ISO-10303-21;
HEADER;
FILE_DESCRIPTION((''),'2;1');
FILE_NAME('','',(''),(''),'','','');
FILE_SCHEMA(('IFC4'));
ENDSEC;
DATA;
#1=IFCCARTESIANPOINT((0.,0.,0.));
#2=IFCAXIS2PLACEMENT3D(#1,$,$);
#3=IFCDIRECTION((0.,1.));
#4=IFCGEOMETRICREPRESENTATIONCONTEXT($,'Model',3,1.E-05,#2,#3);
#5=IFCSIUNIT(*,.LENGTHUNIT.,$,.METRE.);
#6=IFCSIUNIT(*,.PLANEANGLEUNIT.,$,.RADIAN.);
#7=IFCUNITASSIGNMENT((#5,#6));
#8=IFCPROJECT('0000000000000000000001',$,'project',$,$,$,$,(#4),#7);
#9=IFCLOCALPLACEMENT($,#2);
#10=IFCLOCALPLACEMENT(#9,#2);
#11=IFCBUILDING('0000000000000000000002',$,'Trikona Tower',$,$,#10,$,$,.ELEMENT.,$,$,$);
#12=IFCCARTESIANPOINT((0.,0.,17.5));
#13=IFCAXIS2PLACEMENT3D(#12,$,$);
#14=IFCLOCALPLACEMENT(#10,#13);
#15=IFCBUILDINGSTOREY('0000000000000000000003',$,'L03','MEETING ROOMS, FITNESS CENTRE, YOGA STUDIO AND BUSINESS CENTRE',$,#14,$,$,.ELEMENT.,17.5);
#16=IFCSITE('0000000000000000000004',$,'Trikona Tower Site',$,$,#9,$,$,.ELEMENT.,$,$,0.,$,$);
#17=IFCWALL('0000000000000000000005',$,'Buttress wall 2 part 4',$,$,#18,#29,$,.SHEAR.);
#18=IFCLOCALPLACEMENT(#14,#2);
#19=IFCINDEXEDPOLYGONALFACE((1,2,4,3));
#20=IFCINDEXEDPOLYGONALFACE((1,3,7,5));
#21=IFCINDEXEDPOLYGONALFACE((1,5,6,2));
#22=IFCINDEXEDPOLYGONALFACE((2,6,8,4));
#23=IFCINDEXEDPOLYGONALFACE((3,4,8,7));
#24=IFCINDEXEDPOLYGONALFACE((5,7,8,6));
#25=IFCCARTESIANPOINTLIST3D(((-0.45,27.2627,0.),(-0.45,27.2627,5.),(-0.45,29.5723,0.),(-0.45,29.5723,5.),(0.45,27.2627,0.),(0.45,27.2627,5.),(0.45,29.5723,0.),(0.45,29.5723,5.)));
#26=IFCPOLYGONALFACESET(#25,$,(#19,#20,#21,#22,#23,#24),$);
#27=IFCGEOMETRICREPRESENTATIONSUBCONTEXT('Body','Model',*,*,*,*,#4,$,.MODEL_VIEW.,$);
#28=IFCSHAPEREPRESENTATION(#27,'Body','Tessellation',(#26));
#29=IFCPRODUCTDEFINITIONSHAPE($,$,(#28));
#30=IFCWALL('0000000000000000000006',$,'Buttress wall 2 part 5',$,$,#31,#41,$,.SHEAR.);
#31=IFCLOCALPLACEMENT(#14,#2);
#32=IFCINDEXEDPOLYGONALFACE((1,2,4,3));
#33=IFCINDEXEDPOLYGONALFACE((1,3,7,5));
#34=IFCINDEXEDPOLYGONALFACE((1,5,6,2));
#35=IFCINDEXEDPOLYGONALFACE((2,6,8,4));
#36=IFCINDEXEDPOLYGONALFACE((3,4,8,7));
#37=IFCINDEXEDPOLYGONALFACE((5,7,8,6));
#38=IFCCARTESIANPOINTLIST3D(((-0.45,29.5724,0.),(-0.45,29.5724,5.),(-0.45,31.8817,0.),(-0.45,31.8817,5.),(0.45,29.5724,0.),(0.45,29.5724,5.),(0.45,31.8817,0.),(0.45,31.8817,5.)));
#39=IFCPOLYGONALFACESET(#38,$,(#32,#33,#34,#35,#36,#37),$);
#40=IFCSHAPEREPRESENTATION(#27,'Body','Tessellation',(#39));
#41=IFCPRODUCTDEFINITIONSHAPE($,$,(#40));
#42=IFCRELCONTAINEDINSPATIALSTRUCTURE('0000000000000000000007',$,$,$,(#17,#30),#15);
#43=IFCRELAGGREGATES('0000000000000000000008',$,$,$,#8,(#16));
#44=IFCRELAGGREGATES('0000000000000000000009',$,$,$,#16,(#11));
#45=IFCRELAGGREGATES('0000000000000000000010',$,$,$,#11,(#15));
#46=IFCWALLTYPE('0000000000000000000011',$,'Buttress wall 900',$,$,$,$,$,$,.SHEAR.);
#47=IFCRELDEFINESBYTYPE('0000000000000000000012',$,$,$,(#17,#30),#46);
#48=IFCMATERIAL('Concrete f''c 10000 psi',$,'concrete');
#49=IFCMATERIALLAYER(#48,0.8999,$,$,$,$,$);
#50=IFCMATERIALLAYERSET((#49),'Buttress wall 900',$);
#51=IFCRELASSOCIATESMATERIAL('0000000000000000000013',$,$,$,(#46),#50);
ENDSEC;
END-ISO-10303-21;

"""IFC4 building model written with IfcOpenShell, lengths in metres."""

from ifc_helpers import new_model, si_unit, direction, frame, frame_2d, origin, place, context, subcontext, project, spatial, rectangle, extrude, material, layer, layer_set, type_object, element, save


model = new_model("IFC4")

# Units and contexts
model_context = context("Model", 3, precision=1e-05, world=origin(), true_north=direction((0.0, 1.0)))
body_context = subcontext(model_context, "Body", "Model", "MODEL_VIEW")
ifc_project = project(units=[si_unit("LENGTHUNIT", "METRE"), si_unit("PLANEANGLEUNIT", "RADIAN")], contexts=[model_context])

# Site, building, storey
site_placement = place(None, origin())
site = spatial("IfcSite", under=ifc_project, at=site_placement, Name="Trikona Tower Site", CompositionType="ELEMENT", RefElevation=0.0)
building_placement = place(site_placement, origin())
building = spatial("IfcBuilding", under=site, at=building_placement, Name="Trikona Tower", CompositionType="ELEMENT")
storey_placement = place(building_placement, frame((0.0, 0.0, 17.5)))
storey = spatial("IfcBuildingStorey", under=building, at=storey_placement, Name="L03", Description="MEETING ROOMS, FITNESS CENTRE, YOGA STUDIO AND BUSINESS CENTRE", CompositionType="ELEMENT", Elevation=17.5)

# Walls
ifc_material_1 = material(Name="Concrete f'c 10000 psi", Category="concrete")
ifc_layer_1 = layer(ifc_material_1, 0.8999)
ifc_layer_set_1 = layer_set([ifc_layer_1], Name="Buttress wall 900")
wall_type_1 = type_object("IfcWallType", Name="Buttress wall 900", PredefinedType="SHEAR", material=ifc_layer_set_1)
wall_1_placement = place(storey_placement, frame((0.0, 27.2627, 0.0), z_axis=(0.0, 0.0, 1.0), x_axis=(0.0, 1.0, 0.0)))
element("IfcWall", 1, at=wall_1_placement, inside=storey, type_object=wall_type_1, Name="Buttress wall 2 part 4", PredefinedType="SHEAR", context=body_context, shape_type="SweptSolid", body=[
    extrude(rectangle(XDim=2.3096, YDim=0.8999, at=frame_2d((1.1548, 0.0))), origin(), (0.0, 0.0, 1.0), 5.0),
])
wall_2_placement = place(storey_placement, frame((0.0, 29.5723, 0.0), z_axis=(0.0, 0.0, 1.0), x_axis=(0.0, 1.0, 0.0)))
element("IfcWall", 2, at=wall_2_placement, inside=storey, type_object=wall_type_1, Name="Buttress wall 2 part 5", PredefinedType="SHEAR", context=body_context, shape_type="SweptSolid", body=[
    extrude(rectangle(XDim=2.3093, YDim=0.8999, at=frame_2d((1.1548, 0.0))), origin(), (0.0, 0.0, 1.0), 5.0),
])

save(model, "model.ifc")
